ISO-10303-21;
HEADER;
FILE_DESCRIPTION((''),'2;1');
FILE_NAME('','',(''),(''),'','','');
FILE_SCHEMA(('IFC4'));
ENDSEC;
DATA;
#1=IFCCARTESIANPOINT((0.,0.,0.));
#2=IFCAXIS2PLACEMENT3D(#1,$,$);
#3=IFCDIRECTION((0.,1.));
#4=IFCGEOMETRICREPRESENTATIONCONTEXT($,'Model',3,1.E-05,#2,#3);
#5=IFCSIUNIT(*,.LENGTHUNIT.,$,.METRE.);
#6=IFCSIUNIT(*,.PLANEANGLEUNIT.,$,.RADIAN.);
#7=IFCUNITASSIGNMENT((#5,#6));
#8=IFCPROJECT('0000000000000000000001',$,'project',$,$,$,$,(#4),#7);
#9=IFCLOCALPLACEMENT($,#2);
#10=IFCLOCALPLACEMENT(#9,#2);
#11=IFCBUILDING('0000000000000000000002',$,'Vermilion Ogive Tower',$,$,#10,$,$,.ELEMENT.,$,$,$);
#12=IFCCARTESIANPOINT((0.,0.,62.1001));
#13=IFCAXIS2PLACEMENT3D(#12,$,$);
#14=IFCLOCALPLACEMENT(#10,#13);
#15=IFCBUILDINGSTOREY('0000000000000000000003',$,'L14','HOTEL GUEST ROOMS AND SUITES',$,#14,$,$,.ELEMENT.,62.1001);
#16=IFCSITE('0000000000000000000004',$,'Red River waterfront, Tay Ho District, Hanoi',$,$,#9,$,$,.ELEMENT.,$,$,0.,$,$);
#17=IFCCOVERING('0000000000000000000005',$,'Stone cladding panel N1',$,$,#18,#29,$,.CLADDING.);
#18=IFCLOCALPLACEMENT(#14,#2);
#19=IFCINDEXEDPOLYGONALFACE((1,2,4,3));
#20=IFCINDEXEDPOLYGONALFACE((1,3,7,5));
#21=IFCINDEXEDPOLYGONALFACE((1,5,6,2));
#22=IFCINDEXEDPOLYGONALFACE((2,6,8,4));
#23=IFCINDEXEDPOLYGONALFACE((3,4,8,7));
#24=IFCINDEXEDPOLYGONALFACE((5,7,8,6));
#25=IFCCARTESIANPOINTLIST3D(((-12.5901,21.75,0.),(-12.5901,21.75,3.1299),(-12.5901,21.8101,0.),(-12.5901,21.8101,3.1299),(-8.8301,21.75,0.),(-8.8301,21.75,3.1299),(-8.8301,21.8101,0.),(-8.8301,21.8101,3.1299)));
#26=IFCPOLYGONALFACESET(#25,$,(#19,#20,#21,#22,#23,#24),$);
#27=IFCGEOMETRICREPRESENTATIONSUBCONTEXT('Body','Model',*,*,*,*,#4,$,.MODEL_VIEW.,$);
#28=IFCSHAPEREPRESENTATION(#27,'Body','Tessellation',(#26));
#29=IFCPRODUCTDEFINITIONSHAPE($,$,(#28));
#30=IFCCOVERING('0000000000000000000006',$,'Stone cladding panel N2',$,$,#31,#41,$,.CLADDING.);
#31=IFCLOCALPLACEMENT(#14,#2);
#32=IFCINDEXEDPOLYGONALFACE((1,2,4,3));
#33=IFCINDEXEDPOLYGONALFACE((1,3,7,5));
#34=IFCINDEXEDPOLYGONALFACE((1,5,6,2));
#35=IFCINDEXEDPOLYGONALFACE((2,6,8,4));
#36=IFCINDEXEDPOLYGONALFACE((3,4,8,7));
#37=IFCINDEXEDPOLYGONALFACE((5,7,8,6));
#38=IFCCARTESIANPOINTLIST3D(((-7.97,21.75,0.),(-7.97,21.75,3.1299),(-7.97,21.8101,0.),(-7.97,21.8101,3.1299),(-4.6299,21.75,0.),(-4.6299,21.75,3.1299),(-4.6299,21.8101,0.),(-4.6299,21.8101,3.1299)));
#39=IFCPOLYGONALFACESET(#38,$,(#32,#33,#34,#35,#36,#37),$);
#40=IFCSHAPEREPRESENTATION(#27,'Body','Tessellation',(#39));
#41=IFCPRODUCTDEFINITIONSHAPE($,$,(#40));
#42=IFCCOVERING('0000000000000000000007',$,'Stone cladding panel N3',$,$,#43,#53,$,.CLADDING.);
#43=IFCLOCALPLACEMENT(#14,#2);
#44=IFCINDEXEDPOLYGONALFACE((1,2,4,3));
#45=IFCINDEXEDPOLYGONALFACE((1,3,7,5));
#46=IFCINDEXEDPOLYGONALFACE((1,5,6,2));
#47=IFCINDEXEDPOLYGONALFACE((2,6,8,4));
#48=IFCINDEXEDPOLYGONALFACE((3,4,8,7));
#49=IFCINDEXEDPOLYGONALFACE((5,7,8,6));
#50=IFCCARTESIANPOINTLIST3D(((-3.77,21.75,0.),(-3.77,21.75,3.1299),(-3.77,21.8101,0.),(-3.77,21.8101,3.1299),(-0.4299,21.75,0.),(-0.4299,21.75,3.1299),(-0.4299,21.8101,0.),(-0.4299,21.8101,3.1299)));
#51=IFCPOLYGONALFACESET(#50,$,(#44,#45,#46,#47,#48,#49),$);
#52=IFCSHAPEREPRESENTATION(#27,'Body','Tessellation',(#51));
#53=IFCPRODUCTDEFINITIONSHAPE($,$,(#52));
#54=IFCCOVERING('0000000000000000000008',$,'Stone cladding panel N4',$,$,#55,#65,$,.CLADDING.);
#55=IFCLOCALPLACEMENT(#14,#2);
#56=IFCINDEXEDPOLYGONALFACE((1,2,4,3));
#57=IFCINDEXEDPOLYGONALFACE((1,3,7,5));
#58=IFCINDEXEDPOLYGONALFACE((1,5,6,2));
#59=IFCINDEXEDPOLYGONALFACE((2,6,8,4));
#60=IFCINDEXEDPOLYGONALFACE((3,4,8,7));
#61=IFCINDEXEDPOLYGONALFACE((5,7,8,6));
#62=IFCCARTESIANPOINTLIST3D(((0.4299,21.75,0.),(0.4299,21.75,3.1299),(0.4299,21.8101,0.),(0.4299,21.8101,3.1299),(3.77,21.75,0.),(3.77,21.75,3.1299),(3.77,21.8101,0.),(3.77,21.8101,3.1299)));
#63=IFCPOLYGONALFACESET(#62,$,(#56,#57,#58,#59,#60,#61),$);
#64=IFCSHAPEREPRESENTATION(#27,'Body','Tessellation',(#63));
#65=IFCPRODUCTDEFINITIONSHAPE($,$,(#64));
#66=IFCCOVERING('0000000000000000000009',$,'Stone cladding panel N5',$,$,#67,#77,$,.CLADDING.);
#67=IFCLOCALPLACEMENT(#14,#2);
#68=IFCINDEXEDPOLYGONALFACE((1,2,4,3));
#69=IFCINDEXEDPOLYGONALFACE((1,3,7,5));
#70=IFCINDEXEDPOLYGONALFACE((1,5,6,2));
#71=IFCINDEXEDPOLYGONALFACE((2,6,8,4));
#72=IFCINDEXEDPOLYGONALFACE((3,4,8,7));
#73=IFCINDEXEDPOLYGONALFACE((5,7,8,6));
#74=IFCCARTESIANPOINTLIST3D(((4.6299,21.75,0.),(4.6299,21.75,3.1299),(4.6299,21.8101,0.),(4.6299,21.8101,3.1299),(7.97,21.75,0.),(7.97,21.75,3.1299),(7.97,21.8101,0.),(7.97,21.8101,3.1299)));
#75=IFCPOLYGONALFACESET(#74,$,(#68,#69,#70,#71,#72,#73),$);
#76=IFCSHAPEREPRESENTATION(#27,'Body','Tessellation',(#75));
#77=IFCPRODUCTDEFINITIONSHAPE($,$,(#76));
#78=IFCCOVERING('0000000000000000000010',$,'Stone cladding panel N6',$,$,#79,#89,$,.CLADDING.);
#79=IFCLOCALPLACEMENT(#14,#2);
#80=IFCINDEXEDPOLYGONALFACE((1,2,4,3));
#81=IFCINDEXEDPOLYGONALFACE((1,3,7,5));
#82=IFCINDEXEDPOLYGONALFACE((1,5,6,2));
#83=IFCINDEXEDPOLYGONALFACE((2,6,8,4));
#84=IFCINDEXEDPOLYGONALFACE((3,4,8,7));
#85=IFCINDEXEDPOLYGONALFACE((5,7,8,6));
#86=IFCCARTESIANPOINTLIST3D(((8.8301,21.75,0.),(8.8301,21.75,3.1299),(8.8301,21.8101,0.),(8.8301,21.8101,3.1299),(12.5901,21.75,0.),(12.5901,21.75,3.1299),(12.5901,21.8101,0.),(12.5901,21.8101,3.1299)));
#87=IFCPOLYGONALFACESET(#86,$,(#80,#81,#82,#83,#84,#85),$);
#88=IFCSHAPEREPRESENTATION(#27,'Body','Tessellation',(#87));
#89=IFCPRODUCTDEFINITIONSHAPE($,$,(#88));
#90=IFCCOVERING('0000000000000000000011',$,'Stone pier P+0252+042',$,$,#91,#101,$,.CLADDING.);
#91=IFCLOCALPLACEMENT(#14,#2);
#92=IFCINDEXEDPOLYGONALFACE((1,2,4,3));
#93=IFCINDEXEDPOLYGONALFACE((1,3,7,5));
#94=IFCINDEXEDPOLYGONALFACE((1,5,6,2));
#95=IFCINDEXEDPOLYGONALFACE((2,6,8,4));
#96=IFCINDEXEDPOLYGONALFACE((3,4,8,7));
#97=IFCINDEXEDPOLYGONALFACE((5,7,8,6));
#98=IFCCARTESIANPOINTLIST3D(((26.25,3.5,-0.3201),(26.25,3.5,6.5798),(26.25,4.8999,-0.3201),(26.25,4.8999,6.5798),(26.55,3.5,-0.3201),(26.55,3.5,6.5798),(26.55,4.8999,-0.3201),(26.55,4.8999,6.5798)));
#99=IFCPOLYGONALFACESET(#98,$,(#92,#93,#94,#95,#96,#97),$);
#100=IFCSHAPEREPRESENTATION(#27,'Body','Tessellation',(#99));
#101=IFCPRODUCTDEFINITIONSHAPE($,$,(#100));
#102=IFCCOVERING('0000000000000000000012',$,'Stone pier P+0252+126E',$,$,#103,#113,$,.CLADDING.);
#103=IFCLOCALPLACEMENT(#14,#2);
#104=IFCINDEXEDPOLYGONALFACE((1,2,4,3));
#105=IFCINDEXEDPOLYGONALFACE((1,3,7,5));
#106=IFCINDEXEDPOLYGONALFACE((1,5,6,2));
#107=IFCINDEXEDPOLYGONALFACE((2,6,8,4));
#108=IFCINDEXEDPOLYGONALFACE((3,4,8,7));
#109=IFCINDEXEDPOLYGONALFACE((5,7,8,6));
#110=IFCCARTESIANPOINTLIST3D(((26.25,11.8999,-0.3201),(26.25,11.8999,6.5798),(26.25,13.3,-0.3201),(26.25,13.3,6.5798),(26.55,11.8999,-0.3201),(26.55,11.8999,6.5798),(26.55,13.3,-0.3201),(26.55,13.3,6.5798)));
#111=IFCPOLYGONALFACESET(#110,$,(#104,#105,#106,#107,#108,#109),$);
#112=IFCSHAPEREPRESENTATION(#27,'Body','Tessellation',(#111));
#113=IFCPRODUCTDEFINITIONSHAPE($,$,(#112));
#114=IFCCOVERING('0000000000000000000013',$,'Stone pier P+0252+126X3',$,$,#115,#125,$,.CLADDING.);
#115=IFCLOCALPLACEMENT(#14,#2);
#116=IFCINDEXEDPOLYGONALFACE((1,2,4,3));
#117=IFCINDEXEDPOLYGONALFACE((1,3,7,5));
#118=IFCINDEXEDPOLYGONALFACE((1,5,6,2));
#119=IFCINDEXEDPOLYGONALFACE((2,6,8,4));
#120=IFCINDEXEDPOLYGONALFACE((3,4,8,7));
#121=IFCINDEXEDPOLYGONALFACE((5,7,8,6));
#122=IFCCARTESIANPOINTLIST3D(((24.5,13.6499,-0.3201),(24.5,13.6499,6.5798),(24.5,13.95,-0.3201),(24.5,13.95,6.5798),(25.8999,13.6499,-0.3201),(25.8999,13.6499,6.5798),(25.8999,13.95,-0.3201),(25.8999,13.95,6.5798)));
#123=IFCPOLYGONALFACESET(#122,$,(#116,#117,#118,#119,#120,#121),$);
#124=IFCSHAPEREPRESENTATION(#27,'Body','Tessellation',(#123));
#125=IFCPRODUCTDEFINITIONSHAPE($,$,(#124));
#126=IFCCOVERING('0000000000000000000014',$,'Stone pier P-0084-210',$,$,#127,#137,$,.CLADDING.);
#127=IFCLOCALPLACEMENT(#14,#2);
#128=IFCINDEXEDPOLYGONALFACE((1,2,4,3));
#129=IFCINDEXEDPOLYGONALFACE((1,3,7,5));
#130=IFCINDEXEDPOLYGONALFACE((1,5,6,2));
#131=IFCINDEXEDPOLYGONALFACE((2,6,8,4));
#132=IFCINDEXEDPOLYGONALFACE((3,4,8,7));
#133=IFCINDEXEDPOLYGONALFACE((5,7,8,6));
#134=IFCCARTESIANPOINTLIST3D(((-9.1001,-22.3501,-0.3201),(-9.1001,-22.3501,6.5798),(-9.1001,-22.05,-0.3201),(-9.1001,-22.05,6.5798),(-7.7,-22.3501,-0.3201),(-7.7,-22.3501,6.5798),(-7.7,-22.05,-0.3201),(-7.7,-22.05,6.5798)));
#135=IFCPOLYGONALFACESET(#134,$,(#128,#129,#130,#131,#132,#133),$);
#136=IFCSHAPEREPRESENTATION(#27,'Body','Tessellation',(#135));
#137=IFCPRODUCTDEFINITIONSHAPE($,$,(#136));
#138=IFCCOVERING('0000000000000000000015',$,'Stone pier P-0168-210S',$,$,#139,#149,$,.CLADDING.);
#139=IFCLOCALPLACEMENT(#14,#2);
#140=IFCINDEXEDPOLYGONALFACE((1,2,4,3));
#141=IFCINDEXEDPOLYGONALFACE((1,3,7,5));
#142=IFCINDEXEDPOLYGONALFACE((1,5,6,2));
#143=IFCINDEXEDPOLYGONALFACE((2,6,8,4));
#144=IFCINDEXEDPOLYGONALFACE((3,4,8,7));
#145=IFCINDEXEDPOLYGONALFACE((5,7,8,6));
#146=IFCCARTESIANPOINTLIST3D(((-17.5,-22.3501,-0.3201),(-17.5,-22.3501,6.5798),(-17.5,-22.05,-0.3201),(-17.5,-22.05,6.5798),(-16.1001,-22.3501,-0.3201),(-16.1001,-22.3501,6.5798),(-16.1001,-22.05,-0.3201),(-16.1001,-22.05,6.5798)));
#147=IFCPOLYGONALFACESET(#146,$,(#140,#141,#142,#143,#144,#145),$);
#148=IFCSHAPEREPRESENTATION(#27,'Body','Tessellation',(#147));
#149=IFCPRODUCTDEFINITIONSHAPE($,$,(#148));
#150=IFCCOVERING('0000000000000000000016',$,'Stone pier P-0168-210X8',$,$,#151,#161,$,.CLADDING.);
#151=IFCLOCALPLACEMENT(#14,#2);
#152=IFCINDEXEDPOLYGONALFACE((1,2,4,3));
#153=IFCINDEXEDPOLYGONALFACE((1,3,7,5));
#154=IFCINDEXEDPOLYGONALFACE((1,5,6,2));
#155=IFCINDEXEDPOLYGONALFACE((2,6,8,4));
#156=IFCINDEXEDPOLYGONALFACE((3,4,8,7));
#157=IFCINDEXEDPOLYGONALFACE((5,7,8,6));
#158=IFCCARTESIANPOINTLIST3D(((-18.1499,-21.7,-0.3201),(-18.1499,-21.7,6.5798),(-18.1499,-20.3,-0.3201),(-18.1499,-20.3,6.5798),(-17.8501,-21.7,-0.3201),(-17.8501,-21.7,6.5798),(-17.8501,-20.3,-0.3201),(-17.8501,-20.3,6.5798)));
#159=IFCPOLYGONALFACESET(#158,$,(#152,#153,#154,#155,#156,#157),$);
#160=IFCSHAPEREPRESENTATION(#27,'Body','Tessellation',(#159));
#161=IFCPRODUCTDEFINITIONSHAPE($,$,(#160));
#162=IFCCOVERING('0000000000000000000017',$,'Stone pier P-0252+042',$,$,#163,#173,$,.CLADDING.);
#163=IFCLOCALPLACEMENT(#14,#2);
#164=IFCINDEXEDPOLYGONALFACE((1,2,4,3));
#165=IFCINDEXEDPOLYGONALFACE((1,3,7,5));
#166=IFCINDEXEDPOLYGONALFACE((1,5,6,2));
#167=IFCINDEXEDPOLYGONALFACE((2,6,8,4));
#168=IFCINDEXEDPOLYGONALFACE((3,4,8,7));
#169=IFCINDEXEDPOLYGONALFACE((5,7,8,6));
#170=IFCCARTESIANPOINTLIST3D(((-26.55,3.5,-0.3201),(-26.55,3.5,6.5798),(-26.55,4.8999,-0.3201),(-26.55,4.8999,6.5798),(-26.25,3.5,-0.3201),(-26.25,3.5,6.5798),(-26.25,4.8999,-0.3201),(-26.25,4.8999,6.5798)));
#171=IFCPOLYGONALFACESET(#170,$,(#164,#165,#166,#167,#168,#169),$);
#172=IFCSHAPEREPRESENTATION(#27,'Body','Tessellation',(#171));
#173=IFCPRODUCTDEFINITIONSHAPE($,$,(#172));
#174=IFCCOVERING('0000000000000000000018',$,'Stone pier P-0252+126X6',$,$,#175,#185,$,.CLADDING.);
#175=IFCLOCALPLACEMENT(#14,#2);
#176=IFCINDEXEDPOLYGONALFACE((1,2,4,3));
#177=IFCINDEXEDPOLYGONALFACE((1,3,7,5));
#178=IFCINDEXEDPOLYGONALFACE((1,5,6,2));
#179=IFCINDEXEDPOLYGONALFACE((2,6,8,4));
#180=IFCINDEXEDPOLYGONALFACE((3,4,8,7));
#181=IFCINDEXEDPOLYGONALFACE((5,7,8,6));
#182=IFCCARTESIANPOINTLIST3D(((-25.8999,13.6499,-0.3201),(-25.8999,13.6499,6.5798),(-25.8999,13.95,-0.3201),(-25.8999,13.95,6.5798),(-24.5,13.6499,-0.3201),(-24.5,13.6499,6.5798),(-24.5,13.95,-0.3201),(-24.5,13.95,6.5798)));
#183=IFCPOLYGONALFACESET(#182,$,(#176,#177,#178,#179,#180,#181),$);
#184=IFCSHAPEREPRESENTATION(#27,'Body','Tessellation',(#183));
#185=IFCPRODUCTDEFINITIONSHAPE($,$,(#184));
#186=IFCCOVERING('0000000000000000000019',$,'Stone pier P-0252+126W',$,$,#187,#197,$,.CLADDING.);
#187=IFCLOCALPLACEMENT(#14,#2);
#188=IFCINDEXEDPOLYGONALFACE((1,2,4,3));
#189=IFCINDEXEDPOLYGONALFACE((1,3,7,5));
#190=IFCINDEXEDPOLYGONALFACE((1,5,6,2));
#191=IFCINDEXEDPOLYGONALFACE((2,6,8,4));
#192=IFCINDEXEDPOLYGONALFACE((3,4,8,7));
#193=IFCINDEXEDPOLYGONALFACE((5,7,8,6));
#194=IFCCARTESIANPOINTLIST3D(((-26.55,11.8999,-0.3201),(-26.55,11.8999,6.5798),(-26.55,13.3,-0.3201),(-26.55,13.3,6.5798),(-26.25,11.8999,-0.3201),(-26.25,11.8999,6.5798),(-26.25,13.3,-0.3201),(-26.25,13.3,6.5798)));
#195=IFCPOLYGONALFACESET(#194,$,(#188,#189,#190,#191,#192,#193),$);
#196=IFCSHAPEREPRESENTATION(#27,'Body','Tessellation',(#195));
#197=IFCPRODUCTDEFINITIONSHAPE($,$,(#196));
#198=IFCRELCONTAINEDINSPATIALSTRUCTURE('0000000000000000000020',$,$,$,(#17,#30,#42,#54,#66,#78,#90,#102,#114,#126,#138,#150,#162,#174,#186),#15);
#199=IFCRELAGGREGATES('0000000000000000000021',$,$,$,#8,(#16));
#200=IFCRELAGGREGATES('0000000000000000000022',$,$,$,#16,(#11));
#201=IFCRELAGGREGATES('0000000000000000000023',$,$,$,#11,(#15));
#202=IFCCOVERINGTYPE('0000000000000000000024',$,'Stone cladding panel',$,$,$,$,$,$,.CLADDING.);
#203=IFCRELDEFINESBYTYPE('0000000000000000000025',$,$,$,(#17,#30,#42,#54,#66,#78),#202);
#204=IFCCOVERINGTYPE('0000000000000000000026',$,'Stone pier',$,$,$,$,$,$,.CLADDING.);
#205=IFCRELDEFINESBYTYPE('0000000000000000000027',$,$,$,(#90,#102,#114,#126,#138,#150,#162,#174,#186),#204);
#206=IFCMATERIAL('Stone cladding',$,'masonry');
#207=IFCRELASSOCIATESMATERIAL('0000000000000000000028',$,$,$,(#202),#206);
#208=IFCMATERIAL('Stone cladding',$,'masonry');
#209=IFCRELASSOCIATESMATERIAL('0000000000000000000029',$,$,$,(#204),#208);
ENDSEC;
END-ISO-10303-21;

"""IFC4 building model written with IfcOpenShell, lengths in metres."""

from ifc_helpers import new_model, si_unit, direction, frame, origin, place, context, subcontext, project, spatial, polyline, outline, extrude, material, type_object, element, save


model = new_model("IFC4")

# Units and contexts
model_context = context("Model", 3, precision=1e-05, world=origin(), true_north=direction((0.0, 1.0)))
body_context = subcontext(model_context, "Body", "Model", "MODEL_VIEW")
ifc_project = project(units=[si_unit("LENGTHUNIT", "METRE"), si_unit("PLANEANGLEUNIT", "RADIAN")], contexts=[model_context])

# Site, building, storey
site_placement = place(None, origin())
site = spatial("IfcSite", under=ifc_project, at=site_placement, Name="Red River waterfront, Tay Ho District, Hanoi", CompositionType="ELEMENT", RefElevation=0.0)
building_placement = place(site_placement, origin())
building = spatial("IfcBuilding", under=site, at=building_placement, Name="Vermilion Ogive Tower", CompositionType="ELEMENT")
storey_placement = place(building_placement, frame((0.0, 0.0, 62.1001)))
storey = spatial("IfcBuildingStorey", under=building, at=storey_placement, Name="L14", Description="HOTEL GUEST ROOMS AND SUITES", CompositionType="ELEMENT", Elevation=62.1001)

# Coverings
ifc_material_1 = material(Name="Stone cladding", Category="masonry")
covering_type_1 = type_object("IfcCoveringType", Name="Stone cladding panel", PredefinedType="CLADDING", material=ifc_material_1)
covering_1_placement = place(storey_placement, origin())
element("IfcCovering", 1, at=covering_1_placement, inside=storey, type_object=covering_type_1, Name="Stone cladding panel N1", PredefinedType="CLADDING", context=body_context, shape_type="SweptSolid", body=[
    extrude(outline(polyline([(-12.5901, 21.75), (-8.8301, 21.75), (-8.8301, 21.8101), (-12.5901, 21.8101), (-12.5901, 21.75)])), origin(), (0.0, 0.0, 1.0), 3.1299),
])
covering_2_placement = place(storey_placement, origin())
element("IfcCovering", 2, at=covering_2_placement, inside=storey, type_object=covering_type_1, Name="Stone cladding panel N2", PredefinedType="CLADDING", context=body_context, shape_type="SweptSolid", body=[
    extrude(outline(polyline([(-7.97, 21.75), (-4.6299, 21.75), (-4.6299, 21.8101), (-7.97, 21.8101), (-7.97, 21.75)])), origin(), (0.0, 0.0, 1.0), 3.1299),
])
covering_3_placement = place(storey_placement, origin())
element("IfcCovering", 3, at=covering_3_placement, inside=storey, type_object=covering_type_1, Name="Stone cladding panel N3", PredefinedType="CLADDING", context=body_context, shape_type="SweptSolid", body=[
    extrude(outline(polyline([(-3.77, 21.75), (-0.4299, 21.75), (-0.4299, 21.8101), (-3.77, 21.8101), (-3.77, 21.75)])), origin(), (0.0, 0.0, 1.0), 3.1299),
])
covering_4_placement = place(storey_placement, origin())
element("IfcCovering", 4, at=covering_4_placement, inside=storey, type_object=covering_type_1, Name="Stone cladding panel N4", PredefinedType="CLADDING", context=body_context, shape_type="SweptSolid", body=[
    extrude(outline(polyline([(0.4299, 21.75), (3.77, 21.75), (3.77, 21.8101), (0.4299, 21.8101), (0.4299, 21.75)])), origin(), (0.0, 0.0, 1.0), 3.1299),
])
covering_5_placement = place(storey_placement, origin())
element("IfcCovering", 5, at=covering_5_placement, inside=storey, type_object=covering_type_1, Name="Stone cladding panel N5", PredefinedType="CLADDING", context=body_context, shape_type="SweptSolid", body=[
    extrude(outline(polyline([(4.6299, 21.75), (7.97, 21.75), (7.97, 21.8101), (4.6299, 21.8101), (4.6299, 21.75)])), origin(), (0.0, 0.0, 1.0), 3.1299),
])
covering_6_placement = place(storey_placement, origin())
element("IfcCovering", 6, at=covering_6_placement, inside=storey, type_object=covering_type_1, Name="Stone cladding panel N6", PredefinedType="CLADDING", context=body_context, shape_type="SweptSolid", body=[
    extrude(outline(polyline([(8.8301, 21.75), (12.5901, 21.75), (12.5901, 21.8101), (8.8301, 21.8101), (8.8301, 21.75)])), origin(), (0.0, 0.0, 1.0), 3.1299),
])
ifc_material_2 = material(Name="Stone cladding", Category="masonry")
covering_type_2 = type_object("IfcCoveringType", Name="Stone pier", PredefinedType="CLADDING", material=ifc_material_2)
covering_7_placement = place(storey_placement, frame((0.0, 0.0, -0.3201)))
element("IfcCovering", 7, at=covering_7_placement, inside=storey, type_object=covering_type_2, Name="Stone pier P+0252+042", PredefinedType="CLADDING", context=body_context, shape_type="SweptSolid", body=[
    extrude(outline(polyline([(26.55, 4.8999), (26.55, 3.5), (26.25, 3.5), (26.25, 4.8999), (26.55, 4.8999)])), origin(), (0.0, 0.0, 1.0), 6.8999),
])
covering_8_placement = place(storey_placement, frame((0.0, 0.0, -0.3201)))
element("IfcCovering", 8, at=covering_8_placement, inside=storey, type_object=covering_type_2, Name="Stone pier P+0252+126E", PredefinedType="CLADDING", context=body_context, shape_type="SweptSolid", body=[
    extrude(outline(polyline([(26.55, 13.3), (26.55, 11.8999), (26.25, 11.8999), (26.25, 13.3), (26.55, 13.3)])), origin(), (0.0, 0.0, 1.0), 6.8999),
])
covering_9_placement = place(storey_placement, frame((0.0, 0.0, -0.3201)))
element("IfcCovering", 9, at=covering_9_placement, inside=storey, type_object=covering_type_2, Name="Stone pier P+0252+126X3", PredefinedType="CLADDING", context=body_context, shape_type="SweptSolid", body=[
    extrude(outline(polyline([(25.8999, 13.95), (25.8999, 13.6499), (24.5, 13.6499), (24.5, 13.95), (25.8999, 13.95)])), origin(), (0.0, 0.0, 1.0), 6.8999),
])
covering_10_placement = place(storey_placement, frame((0.0, 0.0, -0.3201)))
element("IfcCovering", 10, at=covering_10_placement, inside=storey, type_object=covering_type_2, Name="Stone pier P-0084-210", PredefinedType="CLADDING", context=body_context, shape_type="SweptSolid", body=[
    extrude(outline(polyline([(-7.7, -22.3501), (-9.1001, -22.3501), (-9.1001, -22.05), (-7.7, -22.05), (-7.7, -22.3501)])), origin(), (0.0, 0.0, 1.0), 6.8999),
])
covering_11_placement = place(storey_placement, frame((0.0, 0.0, -0.3201)))
element("IfcCovering", 11, at=covering_11_placement, inside=storey, type_object=covering_type_2, Name="Stone pier P-0168-210S", PredefinedType="CLADDING", context=body_context, shape_type="SweptSolid", body=[
    extrude(outline(polyline([(-16.1001, -22.3501), (-17.5, -22.3501), (-17.5, -22.05), (-16.1001, -22.05), (-16.1001, -22.3501)])), origin(), (0.0, 0.0, 1.0), 6.8999),
])
covering_12_placement = place(storey_placement, frame((0.0, 0.0, -0.3201)))
element("IfcCovering", 12, at=covering_12_placement, inside=storey, type_object=covering_type_2, Name="Stone pier P-0168-210X8", PredefinedType="CLADDING", context=body_context, shape_type="SweptSolid", body=[
    extrude(outline(polyline([(-18.1499, -20.3), (-17.8501, -20.3), (-17.8501, -21.7), (-18.1499, -21.7), (-18.1499, -20.3)])), origin(), (0.0, 0.0, 1.0), 6.8999),
])
covering_13_placement = place(storey_placement, frame((0.0, 0.0, -0.3201)))
element("IfcCovering", 13, at=covering_13_placement, inside=storey, type_object=covering_type_2, Name="Stone pier P-0252+042", PredefinedType="CLADDING", context=body_context, shape_type="SweptSolid", body=[
    extrude(outline(polyline([(-26.55, 3.5), (-26.55, 4.8999), (-26.25, 4.8999), (-26.25, 3.5), (-26.55, 3.5)])), origin(), (0.0, 0.0, 1.0), 6.8999),
])
covering_14_placement = place(storey_placement, frame((0.0, 0.0, -0.3201)))
element("IfcCovering", 14, at=covering_14_placement, inside=storey, type_object=covering_type_2, Name="Stone pier P-0252+126X6", PredefinedType="CLADDING", context=body_context, shape_type="SweptSolid", body=[
    extrude(outline(polyline([(-25.8999, 13.95), (-24.5, 13.95), (-24.5, 13.6499), (-25.8999, 13.6499), (-25.8999, 13.95)])), origin(), (0.0, 0.0, 1.0), 6.8999),
])
covering_15_placement = place(storey_placement, frame((0.0, 0.0, -0.3201)))
element("IfcCovering", 15, at=covering_15_placement, inside=storey, type_object=covering_type_2, Name="Stone pier P-0252+126W", PredefinedType="CLADDING", context=body_context, shape_type="SweptSolid", body=[
    extrude(outline(polyline([(-26.55, 13.3), (-26.25, 13.3), (-26.25, 11.8999), (-26.55, 11.8999), (-26.55, 13.3)])), origin(), (0.0, 0.0, 1.0), 6.8999),
])

save(model, "model.ifc")
